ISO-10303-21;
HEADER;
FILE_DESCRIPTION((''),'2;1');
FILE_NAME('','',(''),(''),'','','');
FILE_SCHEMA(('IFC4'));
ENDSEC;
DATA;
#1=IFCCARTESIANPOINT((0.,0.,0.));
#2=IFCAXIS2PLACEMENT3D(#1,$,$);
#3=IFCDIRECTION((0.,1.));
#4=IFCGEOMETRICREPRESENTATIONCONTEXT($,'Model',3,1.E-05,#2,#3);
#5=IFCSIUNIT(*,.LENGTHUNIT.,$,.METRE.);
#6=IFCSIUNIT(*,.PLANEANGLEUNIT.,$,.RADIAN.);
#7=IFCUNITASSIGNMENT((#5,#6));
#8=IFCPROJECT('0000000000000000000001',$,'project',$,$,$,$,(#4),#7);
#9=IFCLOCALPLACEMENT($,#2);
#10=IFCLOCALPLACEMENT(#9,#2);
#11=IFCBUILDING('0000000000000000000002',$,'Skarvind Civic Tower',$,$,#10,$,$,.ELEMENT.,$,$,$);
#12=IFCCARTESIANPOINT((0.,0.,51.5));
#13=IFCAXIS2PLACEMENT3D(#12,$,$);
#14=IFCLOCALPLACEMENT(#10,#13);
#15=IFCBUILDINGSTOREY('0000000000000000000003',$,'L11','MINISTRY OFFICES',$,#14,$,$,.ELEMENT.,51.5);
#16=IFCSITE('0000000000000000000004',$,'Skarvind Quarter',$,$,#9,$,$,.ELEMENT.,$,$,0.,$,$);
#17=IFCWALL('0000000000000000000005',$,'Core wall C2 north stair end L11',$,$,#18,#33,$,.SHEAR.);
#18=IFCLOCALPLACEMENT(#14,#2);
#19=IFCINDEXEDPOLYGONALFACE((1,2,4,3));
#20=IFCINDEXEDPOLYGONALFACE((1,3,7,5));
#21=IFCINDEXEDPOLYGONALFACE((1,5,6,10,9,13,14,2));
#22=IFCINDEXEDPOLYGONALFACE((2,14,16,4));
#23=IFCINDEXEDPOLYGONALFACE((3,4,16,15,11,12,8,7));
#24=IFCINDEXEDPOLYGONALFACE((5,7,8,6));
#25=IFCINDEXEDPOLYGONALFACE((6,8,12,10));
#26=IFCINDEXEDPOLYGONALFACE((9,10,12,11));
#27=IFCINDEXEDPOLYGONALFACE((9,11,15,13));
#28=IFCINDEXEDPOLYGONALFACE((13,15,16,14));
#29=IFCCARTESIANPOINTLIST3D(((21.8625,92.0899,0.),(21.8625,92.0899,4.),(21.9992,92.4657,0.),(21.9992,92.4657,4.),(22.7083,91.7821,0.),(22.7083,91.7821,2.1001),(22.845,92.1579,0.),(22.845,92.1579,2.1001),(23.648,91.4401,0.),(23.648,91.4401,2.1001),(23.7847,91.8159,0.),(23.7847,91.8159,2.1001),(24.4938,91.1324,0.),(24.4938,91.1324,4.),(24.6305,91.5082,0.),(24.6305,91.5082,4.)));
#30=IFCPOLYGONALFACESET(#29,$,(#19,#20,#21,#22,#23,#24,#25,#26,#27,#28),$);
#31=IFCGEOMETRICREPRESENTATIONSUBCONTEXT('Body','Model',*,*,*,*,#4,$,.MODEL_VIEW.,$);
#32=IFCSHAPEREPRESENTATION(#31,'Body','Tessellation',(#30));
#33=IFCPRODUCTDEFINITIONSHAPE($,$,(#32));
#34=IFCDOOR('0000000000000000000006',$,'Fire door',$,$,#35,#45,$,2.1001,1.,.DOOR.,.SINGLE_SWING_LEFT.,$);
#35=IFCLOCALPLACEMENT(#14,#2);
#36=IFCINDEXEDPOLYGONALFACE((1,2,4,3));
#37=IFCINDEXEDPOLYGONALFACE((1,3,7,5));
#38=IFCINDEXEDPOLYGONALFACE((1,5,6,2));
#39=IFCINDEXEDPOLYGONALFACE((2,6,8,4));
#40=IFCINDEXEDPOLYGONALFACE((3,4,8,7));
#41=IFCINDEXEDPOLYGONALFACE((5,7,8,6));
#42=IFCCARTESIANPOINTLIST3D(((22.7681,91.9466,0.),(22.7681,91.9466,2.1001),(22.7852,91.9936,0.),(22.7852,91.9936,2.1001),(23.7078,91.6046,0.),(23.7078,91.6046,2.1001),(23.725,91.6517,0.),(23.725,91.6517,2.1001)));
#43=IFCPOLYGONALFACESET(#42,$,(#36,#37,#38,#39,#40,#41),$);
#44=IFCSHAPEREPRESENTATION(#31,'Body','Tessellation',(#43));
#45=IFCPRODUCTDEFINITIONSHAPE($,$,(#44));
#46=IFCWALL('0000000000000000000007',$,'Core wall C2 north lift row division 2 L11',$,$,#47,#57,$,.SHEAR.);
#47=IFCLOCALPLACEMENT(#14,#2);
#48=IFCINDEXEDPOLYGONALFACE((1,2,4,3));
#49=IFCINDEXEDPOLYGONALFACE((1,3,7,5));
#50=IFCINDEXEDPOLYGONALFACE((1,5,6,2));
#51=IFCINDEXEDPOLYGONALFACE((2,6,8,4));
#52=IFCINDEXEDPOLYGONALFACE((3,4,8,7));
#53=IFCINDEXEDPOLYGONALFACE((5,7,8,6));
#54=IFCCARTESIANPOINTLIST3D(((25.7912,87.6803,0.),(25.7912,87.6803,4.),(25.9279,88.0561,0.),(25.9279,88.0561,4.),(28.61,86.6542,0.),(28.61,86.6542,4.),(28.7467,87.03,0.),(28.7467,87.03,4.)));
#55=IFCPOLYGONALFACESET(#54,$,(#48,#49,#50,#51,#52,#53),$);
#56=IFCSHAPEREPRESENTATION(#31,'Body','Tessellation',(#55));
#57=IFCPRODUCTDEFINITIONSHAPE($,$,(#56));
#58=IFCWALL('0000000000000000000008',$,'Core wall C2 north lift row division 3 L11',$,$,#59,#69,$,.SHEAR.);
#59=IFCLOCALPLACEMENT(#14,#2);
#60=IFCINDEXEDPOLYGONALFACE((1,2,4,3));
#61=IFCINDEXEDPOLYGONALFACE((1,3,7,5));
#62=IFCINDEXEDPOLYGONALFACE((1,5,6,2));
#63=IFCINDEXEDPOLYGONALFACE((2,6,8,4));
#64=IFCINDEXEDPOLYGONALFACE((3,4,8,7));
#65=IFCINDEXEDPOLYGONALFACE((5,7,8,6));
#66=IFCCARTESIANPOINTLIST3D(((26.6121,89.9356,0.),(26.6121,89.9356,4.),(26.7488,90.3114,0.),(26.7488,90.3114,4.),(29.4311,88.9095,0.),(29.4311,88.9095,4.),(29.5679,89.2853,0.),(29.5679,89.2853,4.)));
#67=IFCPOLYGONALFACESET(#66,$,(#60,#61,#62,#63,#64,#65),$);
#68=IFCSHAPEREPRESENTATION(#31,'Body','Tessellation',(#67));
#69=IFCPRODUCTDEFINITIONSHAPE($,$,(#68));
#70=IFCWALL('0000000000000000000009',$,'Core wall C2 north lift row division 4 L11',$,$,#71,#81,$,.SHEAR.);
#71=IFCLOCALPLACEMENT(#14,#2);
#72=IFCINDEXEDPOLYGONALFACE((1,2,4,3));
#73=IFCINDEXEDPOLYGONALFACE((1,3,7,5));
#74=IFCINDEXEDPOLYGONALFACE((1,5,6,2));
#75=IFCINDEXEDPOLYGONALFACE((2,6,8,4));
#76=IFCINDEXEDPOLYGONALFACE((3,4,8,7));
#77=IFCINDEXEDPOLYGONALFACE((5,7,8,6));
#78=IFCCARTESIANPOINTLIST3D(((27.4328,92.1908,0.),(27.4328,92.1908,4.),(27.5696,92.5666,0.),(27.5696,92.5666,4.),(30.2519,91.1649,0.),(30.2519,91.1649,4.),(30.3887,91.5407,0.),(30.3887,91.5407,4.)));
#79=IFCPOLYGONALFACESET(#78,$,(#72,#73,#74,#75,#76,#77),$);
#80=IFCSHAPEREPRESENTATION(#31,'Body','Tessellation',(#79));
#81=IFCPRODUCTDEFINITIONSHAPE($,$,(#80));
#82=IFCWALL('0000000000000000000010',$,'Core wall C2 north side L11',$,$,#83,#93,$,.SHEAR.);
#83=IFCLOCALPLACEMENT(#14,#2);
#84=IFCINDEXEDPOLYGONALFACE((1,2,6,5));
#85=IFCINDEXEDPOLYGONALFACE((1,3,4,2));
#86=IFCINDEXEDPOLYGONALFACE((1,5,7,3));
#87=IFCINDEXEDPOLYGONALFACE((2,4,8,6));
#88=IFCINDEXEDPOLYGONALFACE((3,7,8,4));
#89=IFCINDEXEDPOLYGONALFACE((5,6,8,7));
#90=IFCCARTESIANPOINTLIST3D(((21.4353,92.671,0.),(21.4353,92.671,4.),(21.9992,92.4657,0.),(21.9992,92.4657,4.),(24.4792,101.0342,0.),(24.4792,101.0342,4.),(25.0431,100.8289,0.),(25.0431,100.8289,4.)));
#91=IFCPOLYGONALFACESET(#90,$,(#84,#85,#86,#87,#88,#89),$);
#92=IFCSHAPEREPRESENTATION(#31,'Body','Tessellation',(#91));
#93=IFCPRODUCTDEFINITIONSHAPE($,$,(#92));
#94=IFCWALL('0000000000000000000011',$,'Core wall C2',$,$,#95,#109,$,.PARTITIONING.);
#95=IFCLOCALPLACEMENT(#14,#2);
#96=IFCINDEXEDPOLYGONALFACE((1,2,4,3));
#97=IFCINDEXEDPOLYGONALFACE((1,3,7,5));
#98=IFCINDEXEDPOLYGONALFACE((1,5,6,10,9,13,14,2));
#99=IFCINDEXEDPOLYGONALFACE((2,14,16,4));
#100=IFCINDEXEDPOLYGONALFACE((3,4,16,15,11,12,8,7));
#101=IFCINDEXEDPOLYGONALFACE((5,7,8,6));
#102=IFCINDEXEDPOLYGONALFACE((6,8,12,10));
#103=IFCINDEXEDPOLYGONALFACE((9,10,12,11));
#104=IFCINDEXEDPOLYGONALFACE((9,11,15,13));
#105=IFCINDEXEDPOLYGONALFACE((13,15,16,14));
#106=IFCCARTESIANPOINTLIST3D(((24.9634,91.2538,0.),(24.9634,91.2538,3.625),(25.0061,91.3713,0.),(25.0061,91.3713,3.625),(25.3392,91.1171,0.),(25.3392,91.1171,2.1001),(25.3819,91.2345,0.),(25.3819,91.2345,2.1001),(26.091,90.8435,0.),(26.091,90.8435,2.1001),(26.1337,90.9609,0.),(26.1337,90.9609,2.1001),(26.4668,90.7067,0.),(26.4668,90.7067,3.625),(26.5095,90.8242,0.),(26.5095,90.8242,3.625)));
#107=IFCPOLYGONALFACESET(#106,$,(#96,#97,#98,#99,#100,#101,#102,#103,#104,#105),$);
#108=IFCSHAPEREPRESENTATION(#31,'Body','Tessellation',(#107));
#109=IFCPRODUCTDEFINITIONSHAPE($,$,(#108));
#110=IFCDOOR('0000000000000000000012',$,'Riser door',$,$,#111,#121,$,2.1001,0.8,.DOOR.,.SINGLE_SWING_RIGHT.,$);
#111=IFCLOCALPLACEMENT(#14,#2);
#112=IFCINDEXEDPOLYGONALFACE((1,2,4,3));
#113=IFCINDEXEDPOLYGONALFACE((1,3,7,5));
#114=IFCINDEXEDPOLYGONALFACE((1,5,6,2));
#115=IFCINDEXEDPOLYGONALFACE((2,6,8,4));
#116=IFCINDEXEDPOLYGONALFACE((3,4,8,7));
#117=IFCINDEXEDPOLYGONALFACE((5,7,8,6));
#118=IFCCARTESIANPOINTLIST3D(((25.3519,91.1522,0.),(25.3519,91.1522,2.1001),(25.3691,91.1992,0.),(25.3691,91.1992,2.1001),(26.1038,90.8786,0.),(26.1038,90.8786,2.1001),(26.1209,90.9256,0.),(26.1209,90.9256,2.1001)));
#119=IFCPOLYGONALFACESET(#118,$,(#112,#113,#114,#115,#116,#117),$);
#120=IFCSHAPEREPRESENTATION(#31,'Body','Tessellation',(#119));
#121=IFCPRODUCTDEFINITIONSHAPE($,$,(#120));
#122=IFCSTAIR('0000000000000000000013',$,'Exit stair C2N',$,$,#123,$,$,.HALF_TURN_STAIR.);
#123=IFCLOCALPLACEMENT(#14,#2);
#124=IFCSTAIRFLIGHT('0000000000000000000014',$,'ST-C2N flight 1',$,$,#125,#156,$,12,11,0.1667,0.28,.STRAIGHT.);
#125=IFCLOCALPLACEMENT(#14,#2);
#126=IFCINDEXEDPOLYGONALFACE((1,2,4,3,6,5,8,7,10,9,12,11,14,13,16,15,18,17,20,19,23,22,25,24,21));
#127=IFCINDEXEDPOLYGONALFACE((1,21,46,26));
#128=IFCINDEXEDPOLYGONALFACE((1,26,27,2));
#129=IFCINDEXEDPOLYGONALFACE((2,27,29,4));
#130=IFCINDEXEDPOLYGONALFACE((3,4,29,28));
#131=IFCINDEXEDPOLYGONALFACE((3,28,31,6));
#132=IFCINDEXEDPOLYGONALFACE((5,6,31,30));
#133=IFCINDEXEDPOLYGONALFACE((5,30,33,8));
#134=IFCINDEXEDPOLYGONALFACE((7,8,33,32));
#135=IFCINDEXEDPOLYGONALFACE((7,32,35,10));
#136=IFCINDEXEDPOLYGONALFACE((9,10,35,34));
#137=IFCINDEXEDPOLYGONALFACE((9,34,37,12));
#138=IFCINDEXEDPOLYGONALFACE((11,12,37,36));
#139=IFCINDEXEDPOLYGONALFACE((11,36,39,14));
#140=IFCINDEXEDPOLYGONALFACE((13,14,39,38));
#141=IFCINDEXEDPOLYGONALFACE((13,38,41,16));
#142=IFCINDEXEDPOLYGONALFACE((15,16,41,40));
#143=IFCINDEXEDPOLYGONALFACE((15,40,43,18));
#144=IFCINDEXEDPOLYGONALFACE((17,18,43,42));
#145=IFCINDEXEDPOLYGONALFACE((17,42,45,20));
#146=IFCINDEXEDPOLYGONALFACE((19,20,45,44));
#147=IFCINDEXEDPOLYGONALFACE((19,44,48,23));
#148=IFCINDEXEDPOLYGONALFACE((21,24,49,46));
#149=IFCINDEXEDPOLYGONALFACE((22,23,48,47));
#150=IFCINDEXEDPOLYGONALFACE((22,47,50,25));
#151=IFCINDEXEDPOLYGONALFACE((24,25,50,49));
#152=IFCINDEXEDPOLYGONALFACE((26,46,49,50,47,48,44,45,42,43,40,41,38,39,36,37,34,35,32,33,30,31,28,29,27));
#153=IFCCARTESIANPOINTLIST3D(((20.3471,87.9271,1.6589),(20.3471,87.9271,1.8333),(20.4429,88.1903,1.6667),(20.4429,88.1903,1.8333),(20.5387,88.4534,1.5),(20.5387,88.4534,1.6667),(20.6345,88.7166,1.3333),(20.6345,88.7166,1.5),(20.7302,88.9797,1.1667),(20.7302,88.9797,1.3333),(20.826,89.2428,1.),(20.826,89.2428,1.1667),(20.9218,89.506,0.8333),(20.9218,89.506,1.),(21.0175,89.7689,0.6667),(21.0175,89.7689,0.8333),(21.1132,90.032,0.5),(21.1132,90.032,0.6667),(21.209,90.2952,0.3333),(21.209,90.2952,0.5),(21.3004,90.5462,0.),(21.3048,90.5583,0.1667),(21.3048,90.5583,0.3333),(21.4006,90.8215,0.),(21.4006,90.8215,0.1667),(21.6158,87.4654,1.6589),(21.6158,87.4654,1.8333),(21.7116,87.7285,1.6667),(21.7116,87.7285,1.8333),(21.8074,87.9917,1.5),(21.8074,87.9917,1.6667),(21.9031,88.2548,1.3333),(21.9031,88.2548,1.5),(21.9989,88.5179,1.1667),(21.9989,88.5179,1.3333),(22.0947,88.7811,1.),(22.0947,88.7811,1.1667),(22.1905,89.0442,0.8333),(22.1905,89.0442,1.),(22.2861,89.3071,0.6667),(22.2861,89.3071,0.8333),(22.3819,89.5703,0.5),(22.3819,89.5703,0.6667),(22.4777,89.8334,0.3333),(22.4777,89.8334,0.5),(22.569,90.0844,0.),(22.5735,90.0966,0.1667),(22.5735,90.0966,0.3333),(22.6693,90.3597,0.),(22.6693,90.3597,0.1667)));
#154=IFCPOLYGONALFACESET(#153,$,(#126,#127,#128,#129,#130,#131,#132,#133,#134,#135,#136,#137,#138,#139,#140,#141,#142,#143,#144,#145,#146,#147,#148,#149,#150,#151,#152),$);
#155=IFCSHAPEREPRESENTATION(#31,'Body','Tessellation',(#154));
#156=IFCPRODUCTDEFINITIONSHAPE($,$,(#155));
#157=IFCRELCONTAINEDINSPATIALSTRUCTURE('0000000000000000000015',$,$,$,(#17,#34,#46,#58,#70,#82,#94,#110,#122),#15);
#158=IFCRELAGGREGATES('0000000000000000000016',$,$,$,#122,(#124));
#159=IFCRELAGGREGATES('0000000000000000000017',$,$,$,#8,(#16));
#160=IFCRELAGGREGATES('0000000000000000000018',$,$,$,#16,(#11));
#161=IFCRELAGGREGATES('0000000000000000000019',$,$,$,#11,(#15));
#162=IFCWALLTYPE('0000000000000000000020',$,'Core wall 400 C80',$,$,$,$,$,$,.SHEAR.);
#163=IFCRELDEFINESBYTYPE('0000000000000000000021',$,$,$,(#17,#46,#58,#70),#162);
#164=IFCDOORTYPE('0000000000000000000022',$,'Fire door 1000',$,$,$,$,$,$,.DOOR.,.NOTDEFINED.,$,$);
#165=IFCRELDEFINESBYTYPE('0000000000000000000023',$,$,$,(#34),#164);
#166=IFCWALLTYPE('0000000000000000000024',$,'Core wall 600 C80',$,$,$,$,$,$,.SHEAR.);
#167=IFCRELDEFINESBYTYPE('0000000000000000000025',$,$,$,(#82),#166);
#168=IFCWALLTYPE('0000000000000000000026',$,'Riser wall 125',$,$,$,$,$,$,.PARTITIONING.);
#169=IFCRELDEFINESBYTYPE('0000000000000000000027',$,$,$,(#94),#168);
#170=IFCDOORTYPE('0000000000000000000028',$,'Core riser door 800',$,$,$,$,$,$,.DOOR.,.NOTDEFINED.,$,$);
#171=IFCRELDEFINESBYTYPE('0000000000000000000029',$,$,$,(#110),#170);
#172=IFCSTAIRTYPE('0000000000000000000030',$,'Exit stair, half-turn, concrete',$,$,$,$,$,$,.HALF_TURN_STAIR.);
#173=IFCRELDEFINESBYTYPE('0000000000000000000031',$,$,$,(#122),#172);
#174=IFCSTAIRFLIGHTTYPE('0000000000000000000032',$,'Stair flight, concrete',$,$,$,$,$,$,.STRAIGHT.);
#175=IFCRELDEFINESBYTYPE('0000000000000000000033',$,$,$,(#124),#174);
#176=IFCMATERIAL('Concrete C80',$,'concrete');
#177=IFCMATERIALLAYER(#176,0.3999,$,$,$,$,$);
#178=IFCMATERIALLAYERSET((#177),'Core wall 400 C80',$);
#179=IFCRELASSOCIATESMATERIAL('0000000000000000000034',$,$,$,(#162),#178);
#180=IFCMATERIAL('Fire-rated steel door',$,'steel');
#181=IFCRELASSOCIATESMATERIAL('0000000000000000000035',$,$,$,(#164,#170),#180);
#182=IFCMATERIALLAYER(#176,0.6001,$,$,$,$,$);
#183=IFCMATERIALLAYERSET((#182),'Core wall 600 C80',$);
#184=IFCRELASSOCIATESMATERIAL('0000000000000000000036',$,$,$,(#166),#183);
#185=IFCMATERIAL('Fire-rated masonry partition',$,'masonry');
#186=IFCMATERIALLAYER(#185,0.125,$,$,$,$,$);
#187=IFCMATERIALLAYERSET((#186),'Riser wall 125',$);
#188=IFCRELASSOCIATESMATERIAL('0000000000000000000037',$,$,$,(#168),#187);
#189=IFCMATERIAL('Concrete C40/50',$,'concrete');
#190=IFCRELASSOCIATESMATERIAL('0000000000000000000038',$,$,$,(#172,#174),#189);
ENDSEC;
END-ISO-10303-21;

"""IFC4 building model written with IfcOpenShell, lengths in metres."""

from ifc_helpers import new_model, si_unit, direction, frame, frame_2d, origin, place, context, subcontext, project, spatial, polyline, rectangle, outline, extrude, material, layer, layer_set, type_object, element, fill, aggregate, save


model = new_model("IFC4")

# Units and contexts
model_context = context("Model", 3, precision=1e-05, world=origin(), true_north=direction((0.0, 1.0)))
body_context = subcontext(model_context, "Body", "Model", "MODEL_VIEW")
ifc_project = project(units=[si_unit("LENGTHUNIT", "METRE"), si_unit("PLANEANGLEUNIT", "RADIAN")], contexts=[model_context])

# Site, building, storey
site_placement = place(None, origin())
site = spatial("IfcSite", under=ifc_project, at=site_placement, Name="Skarvind Quarter", CompositionType="ELEMENT", RefElevation=0.0)
building_placement = place(site_placement, origin())
building = spatial("IfcBuilding", under=site, at=building_placement, Name="Skarvind Civic Tower", CompositionType="ELEMENT")
storey_placement = place(building_placement, frame((0.0, 0.0, 51.5)))
storey = spatial("IfcBuildingStorey", under=building, at=storey_placement, Name="L11", Description="MINISTRY OFFICES", CompositionType="ELEMENT", Elevation=51.5)

# Wall, opening, door
ifc_material_1 = material(Name="Concrete C80", Category="concrete")
ifc_layer_1 = layer(ifc_material_1, 0.3999)
ifc_layer_set_1 = layer_set([ifc_layer_1], Name="Core wall 400 C80")
wall_type_1 = type_object("IfcWallType", Name="Core wall 400 C80", PredefinedType="SHEAR", material=ifc_layer_set_1)
wall_1_placement = place(storey_placement, frame((24.562, 91.3203, 0.0), z_axis=(0.0, 0.0, 1.0), x_axis=(-0.939717, 0.341953, 0.0)))
wall_1 = element("IfcWall", 1, at=wall_1_placement, inside=storey, type_object=wall_type_1, Name="Core wall C2 north stair end L11", PredefinedType="SHEAR", context=body_context, shape_type="SweptSolid", body=[
    extrude(rectangle(XDim=2.8, YDim=0.3999, at=frame_2d((1.3999, 0.0))), origin(), (0.0, 0.0, 1.0), 4.0),
])
opening_1_placement = place(wall_1_placement, frame((0.8999, 0.0, 0.0)))
opening_1 = element("IfcOpeningElement", 2, at=opening_1_placement, cuts=wall_1, PredefinedType="OPENING", context=body_context, shape_type="SweptSolid", body=[
    extrude(rectangle(XDim=1.0, YDim=2.1001, at=frame_2d((0.5, 1.05))), frame((0.0, 0.21, 0.0), z_axis=(0.0, -1.0, 0.0), x_axis=(1.0, 0.0, 0.0)), (0.0, 0.0, 1.0), 0.4199),
])
ifc_material_2 = material(Name="Fire-rated steel door", Category="steel")
door_type_1 = type_object("IfcDoorType", Name="Fire door 1000", OperationType="NOTDEFINED", PredefinedType="DOOR", material=ifc_material_2)
door_1_placement = place(opening_1_placement, origin())
door_1 = element("IfcDoor", 3, at=door_1_placement, inside=storey, type_object=door_type_1, Name="Fire door", OperationType="SINGLE_SWING_LEFT", OverallHeight=2.1001, OverallWidth=1.0, PredefinedType="DOOR", context=body_context, shape_type="SweptSolid", body=[
    extrude(rectangle(XDim=1.0, YDim=2.1001, at=frame_2d((0.5, 1.05))), frame((0.0, 0.0249, 0.0), z_axis=(0.0, -1.0, 0.0), x_axis=(1.0, 0.0, 0.0)), (0.0, 0.0, 1.0), 0.05),
])
fill(opening_1, door_1)

# Walls
wall_2_placement = place(storey_placement, frame((28.6785, 86.842, 0.0), z_axis=(0.0, 0.0, 1.0), x_axis=(-0.939677, 0.342063, 0.0)))
element("IfcWall", 4, at=wall_2_placement, inside=storey, type_object=wall_type_1, Name="Core wall C2 north lift row division 2 L11", PredefinedType="SHEAR", context=body_context, shape_type="SweptSolid", body=[
    extrude(rectangle(XDim=2.9998, YDim=0.3999, at=frame_2d((1.5, 0.0))), origin(), (0.0, 0.0, 1.0), 4.0),
])
for number, where, z_axis, x_axis, name in (
    (5, (29.4995, 89.0974, 0.0), (0.0, 0.0, 1.0), (-0.939686, 0.342037, 0.0), "Core wall C2 north lift row division 3 L11"),
    (6, (30.3203, 91.3528, 0.0), (0.0, 0.0, 1.0), (-0.939713, 0.341965, 0.0), "Core wall C2 north lift row division 4 L11"),
):
    element("IfcWall", number, at=place(storey_placement, frame(where, z_axis=z_axis, x_axis=x_axis)), inside=storey, type_object=wall_type_1, Name=name, PredefinedType="SHEAR", context=body_context, shape_type="SweptSolid", body=[
        extrude(rectangle(XDim=3.0, YDim=0.3999, at=frame_2d((1.5, 0.0))), origin(), (0.0, 0.0, 1.0), 4.0),
    ])
ifc_layer_2 = layer(ifc_material_1, 0.6001)
ifc_layer_set_2 = layer_set([ifc_layer_2], Name="Core wall 600 C80")
wall_type_2 = type_object("IfcWallType", Name="Core wall 600 C80", PredefinedType="SHEAR", material=ifc_layer_set_2)
wall_3_placement = place(storey_placement, frame((21.7173, 92.5684, 0.0), z_axis=(0.0, 0.0, 1.0), x_axis=(0.342016, 0.939694, 0.0)))
element("IfcWall", 7, at=wall_3_placement, inside=storey, type_object=wall_type_2, Name="Core wall C2 north side L11", PredefinedType="SHEAR", context=body_context, shape_type="SweptSolid", body=[
    extrude(rectangle(XDim=8.8999, YDim=0.6001, at=frame_2d((4.45, 0.0))), origin(), (0.0, 0.0, 1.0), 4.0),
])

# Wall, opening, door
ifc_material_3 = material(Name="Fire-rated masonry partition", Category="masonry")
ifc_layer_3 = layer(ifc_material_3, 0.125)
ifc_layer_set_3 = layer_set([ifc_layer_3], Name="Riser wall 125")
wall_type_3 = type_object("IfcWallType", Name="Riser wall 125", PredefinedType="PARTITIONING", material=ifc_layer_set_3)
wall_4_placement = place(storey_placement, frame((24.9849, 91.3125, 0.0), z_axis=(0.0, 0.0, 1.0), x_axis=(0.939709, -0.341976, 0.0)))
wall_4 = element("IfcWall", 8, at=wall_4_placement, inside=storey, type_object=wall_type_3, Name="Core wall C2", PredefinedType="PARTITIONING", context=body_context, shape_type="SweptSolid", body=[
    extrude(rectangle(XDim=1.5999, YDim=0.125, at=frame_2d((0.7998, 0.0))), origin(), (0.0, 0.0, 1.0), 3.625),
])
opening_2_placement = place(wall_4_placement, frame((0.3999, 0.0, 0.0)))
opening_2 = element("IfcOpeningElement", 9, at=opening_2_placement, cuts=wall_4, PredefinedType="OPENING", context=body_context, shape_type="SweptSolid", body=[
    extrude(rectangle(XDim=0.8, YDim=2.1001, at=frame_2d((0.3999, 1.05))), frame((0.0, 0.0725, 0.0), z_axis=(0.0, -1.0, 0.0), x_axis=(1.0, 0.0, 0.0)), (0.0, 0.0, 1.0), 0.145),
])
door_type_2 = type_object("IfcDoorType", Name="Core riser door 800", OperationType="NOTDEFINED", PredefinedType="DOOR", material=ifc_material_2)
door_2_placement = place(opening_2_placement, origin())
door_2 = element("IfcDoor", 10, at=door_2_placement, inside=storey, type_object=door_type_2, Name="Riser door", OperationType="SINGLE_SWING_RIGHT", OverallHeight=2.1001, OverallWidth=0.8, PredefinedType="DOOR", context=body_context, shape_type="SweptSolid", body=[
    extrude(rectangle(XDim=0.8, YDim=2.1001, at=frame_2d((0.3999, 1.05))), frame((0.0, 0.0249, 0.0), z_axis=(0.0, -1.0, 0.0), x_axis=(1.0, 0.0, 0.0)), (0.0, 0.0, 1.0), 0.05),
])
fill(opening_2, door_2)

# Stair, stair flight
ifc_material_4 = material(Name="Concrete C40/50", Category="concrete")
stair_type = type_object("IfcStairType", Name="Exit stair, half-turn, concrete", PredefinedType="HALF_TURN_STAIR", material=ifc_material_4)
stair_placement = place(storey_placement, origin())
stair = element("IfcStair", 11, at=stair_placement, inside=storey, type_object=stair_type, Name="Exit stair C2N", PredefinedType="HALF_TURN_STAIR")
stair_flight_type = type_object("IfcStairFlightType", Name="Stair flight, concrete", PredefinedType="STRAIGHT", material=ifc_material_4)
stair_flight_1_placement = place(storey_placement, frame((22.0349, 90.5906, 0.0), z_axis=(0.0, 0.0, 1.0), x_axis=(-0.34202, -0.939693, 0.0)))
stair_flight_1 = element("IfcStairFlight", 12, at=stair_flight_1_placement, type_object=stair_flight_type, Name="ST-C2N flight 1", NumberOfRisers=12, NumberOfTreads=11, PredefinedType="STRAIGHT", RiserHeight=0.1667, TreadLength=0.28, context=body_context, shape_type="SweptSolid", body=[
    extrude(outline(polyline([(0.0, 0.0), (0.0, 0.1667), (0.28, 0.1667), (0.28, 0.3333), (0.5601, 0.3333), (0.5601, 0.5), (0.8401, 0.5), (0.8401, 0.6667), (1.1201, 0.6667), (1.1201, 0.8333), (1.3999, 0.8333), (1.3999, 1.0), (1.6799, 1.0), (1.6799, 1.1667), (1.96, 1.1667), (1.96, 1.3333), (2.24, 1.3333), (2.24, 1.5), (2.52, 1.5), (2.52, 1.6667), (2.8, 1.6667), (2.8, 1.8333), (3.0801, 1.8333), (3.0801, 2.0), (3.0801, 1.6589), (0.293, 0.0), (0.0, 0.0)])), frame((0.0, 0.675, 0.0), z_axis=(0.0, -1.0, 0.0), x_axis=(1.0, 0.0, 0.0)), (0.0, 0.0, 1.0), 1.3501),
])
aggregate(stair, [stair_flight_1])

save(model, "model.ifc")
